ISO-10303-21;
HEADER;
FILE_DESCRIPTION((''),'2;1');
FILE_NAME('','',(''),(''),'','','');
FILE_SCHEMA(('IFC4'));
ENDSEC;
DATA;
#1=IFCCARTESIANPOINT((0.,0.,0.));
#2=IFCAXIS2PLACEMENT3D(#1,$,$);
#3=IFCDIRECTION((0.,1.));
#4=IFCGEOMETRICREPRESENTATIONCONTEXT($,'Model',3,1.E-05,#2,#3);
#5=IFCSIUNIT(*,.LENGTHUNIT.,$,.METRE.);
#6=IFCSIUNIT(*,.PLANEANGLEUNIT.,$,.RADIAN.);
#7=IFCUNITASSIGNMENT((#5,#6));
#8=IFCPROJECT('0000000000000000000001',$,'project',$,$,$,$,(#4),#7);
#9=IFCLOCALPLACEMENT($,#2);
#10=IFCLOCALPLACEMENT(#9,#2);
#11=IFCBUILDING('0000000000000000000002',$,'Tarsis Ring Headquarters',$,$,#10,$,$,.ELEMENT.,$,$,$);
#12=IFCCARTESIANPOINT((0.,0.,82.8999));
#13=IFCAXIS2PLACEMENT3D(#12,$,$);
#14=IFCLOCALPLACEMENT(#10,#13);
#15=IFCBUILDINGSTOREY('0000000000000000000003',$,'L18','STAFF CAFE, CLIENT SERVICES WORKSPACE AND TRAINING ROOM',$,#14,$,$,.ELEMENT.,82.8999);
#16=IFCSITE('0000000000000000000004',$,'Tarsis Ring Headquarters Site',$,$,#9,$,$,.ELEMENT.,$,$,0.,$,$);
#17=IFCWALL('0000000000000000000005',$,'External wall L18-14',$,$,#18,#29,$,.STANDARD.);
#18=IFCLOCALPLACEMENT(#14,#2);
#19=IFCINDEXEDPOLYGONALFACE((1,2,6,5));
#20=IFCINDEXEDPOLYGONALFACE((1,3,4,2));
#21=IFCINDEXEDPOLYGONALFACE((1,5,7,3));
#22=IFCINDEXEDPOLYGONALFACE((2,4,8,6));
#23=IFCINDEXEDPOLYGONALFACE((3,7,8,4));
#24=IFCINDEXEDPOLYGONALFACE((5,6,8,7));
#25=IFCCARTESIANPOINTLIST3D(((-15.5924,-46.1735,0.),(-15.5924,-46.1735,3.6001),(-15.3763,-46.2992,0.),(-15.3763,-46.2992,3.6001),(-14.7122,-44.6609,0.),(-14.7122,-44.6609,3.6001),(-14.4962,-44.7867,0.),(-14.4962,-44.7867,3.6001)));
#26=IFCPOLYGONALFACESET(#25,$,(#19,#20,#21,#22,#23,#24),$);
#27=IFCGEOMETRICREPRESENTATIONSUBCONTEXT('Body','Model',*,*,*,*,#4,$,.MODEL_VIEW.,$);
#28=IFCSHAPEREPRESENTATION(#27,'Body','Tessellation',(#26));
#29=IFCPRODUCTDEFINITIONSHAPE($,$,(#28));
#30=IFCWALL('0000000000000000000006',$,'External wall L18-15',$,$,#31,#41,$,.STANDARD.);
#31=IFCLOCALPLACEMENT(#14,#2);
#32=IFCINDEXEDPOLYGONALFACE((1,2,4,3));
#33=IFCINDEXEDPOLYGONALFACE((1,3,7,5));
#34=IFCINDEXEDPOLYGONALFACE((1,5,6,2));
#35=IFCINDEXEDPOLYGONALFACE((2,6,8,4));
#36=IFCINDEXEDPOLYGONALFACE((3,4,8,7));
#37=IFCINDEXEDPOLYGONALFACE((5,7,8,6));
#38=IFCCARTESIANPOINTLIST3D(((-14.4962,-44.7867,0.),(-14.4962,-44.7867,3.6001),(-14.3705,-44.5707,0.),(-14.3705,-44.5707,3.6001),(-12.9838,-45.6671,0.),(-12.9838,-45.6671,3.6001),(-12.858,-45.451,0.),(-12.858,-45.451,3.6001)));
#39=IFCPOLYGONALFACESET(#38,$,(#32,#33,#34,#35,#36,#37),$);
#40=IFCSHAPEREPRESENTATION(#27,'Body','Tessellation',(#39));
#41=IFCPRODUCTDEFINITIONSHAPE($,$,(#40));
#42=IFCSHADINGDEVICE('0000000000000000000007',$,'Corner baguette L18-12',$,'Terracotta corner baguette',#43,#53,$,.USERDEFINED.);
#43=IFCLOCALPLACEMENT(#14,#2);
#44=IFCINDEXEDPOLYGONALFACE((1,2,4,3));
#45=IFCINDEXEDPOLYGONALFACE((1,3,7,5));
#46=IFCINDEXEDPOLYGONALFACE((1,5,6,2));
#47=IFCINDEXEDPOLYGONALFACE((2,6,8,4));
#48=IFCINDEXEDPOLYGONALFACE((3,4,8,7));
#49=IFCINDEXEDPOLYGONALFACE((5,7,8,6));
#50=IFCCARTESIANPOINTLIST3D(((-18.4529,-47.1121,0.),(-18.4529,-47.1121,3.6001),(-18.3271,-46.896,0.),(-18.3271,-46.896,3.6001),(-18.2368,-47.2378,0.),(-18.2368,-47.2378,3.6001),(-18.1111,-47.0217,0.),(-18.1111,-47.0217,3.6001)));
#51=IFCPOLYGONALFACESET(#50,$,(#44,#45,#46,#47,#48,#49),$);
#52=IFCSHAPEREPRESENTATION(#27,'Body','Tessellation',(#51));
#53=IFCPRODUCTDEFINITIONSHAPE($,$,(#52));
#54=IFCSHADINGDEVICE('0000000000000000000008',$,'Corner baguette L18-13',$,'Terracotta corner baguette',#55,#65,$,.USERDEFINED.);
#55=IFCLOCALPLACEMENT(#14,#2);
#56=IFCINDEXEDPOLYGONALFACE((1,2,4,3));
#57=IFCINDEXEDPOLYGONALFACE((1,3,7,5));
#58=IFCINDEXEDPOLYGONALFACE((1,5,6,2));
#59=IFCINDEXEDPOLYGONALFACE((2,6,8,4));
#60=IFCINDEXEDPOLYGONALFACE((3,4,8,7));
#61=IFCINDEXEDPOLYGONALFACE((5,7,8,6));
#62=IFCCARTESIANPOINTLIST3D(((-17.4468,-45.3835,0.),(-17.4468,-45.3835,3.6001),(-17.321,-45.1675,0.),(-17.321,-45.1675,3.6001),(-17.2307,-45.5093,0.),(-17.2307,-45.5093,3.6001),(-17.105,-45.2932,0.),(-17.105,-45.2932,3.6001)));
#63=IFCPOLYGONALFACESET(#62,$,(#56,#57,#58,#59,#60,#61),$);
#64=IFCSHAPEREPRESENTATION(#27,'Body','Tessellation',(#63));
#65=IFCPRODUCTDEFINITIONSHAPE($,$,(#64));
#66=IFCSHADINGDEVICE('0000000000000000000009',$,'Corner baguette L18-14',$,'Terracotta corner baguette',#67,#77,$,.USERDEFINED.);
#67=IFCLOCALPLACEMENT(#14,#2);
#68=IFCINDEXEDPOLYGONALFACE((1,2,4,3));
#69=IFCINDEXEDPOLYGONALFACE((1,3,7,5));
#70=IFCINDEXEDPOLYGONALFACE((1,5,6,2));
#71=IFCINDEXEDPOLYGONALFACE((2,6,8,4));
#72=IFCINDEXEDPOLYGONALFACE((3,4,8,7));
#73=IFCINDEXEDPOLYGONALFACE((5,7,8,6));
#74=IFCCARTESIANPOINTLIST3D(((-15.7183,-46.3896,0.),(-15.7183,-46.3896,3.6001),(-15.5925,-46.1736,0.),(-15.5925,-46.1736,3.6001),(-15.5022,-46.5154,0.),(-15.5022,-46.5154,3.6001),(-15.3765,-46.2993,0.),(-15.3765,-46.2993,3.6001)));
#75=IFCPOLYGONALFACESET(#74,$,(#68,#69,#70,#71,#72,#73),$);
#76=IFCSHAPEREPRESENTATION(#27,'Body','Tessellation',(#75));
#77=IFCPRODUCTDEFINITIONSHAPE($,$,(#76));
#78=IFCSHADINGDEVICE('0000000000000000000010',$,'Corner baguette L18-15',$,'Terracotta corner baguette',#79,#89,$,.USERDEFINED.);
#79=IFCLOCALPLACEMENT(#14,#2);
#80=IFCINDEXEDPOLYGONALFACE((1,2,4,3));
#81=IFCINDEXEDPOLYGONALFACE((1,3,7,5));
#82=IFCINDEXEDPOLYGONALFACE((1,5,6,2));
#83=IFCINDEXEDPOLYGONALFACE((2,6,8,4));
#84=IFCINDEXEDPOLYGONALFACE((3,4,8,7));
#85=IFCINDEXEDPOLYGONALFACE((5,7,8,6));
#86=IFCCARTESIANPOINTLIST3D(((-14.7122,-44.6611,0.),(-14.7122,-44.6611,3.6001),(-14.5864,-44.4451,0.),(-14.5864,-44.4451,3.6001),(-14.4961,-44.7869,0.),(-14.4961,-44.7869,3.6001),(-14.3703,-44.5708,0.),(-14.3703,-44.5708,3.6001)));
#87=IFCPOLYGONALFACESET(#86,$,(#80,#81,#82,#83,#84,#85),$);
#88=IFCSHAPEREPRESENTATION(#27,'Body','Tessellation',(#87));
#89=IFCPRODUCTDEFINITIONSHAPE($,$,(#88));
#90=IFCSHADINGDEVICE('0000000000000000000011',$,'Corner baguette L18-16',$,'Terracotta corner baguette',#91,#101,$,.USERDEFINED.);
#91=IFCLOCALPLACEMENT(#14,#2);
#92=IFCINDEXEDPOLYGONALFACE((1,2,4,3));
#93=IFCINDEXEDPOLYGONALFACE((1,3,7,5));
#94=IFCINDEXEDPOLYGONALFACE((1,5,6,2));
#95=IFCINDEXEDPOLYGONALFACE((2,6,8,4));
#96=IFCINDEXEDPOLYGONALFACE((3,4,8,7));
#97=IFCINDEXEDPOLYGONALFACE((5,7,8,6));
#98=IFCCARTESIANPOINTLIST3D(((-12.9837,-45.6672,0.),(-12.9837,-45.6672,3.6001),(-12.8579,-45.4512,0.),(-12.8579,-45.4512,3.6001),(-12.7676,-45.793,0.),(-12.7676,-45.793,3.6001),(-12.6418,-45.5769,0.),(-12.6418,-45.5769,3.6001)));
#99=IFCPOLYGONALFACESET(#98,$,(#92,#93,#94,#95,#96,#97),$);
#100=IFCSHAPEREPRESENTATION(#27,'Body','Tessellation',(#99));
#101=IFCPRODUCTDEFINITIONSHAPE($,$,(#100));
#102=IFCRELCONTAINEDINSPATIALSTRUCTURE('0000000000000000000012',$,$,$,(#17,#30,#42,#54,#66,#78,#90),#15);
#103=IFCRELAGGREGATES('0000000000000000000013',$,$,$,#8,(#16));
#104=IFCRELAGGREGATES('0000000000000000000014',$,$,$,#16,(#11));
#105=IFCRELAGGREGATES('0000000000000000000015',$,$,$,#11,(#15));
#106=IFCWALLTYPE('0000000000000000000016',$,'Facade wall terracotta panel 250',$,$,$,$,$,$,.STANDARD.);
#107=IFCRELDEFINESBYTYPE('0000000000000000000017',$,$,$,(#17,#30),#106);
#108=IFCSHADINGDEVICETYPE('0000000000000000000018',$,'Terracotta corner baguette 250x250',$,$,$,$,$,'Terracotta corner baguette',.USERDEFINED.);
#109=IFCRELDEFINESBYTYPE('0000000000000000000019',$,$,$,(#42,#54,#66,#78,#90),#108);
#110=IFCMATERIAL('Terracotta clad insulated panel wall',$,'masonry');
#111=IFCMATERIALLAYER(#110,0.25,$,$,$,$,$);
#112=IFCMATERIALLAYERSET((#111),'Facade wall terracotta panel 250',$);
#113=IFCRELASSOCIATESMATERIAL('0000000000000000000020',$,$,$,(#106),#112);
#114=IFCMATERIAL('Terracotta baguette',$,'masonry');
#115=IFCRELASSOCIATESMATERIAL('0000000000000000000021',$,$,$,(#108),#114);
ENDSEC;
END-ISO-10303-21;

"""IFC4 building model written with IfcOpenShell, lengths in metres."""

from ifc_helpers import new_model, si_unit, direction, frame, frame_2d, origin, origin_2d, place, context, subcontext, project, spatial, rectangle, extrude, material, layer, layer_set, type_object, element, save


model = new_model("IFC4")

# Units and contexts
model_context = context("Model", 3, precision=1e-05, world=origin(), true_north=direction((0.0, 1.0)))
body_context = subcontext(model_context, "Body", "Model", "MODEL_VIEW")
ifc_project = project(units=[si_unit("LENGTHUNIT", "METRE"), si_unit("PLANEANGLEUNIT", "RADIAN")], contexts=[model_context])

# Site, building, storey
site_placement = place(None, origin())
site = spatial("IfcSite", under=ifc_project, at=site_placement, Name="Tarsis Ring Headquarters Site", CompositionType="ELEMENT", RefElevation=0.0)
building_placement = place(site_placement, origin())
building = spatial("IfcBuilding", under=site, at=building_placement, Name="Tarsis Ring Headquarters", CompositionType="ELEMENT")
storey_placement = place(building_placement, frame((0.0, 0.0, 82.8999)))
storey = spatial("IfcBuildingStorey", under=building, at=storey_placement, Name="L18", Description="STAFF CAFE, CLIENT SERVICES WORKSPACE AND TRAINING ROOM", CompositionType="ELEMENT", Elevation=82.8999)

# Walls
ifc_material_1 = material(Name="Terracotta clad insulated panel wall", Category="masonry")
ifc_layer_1 = layer(ifc_material_1, 0.25)
ifc_layer_set_1 = layer_set([ifc_layer_1], Name="Facade wall terracotta panel 250")
wall_type_1 = type_object("IfcWallType", Name="Facade wall terracotta panel 250", PredefinedType="STANDARD", material=ifc_layer_set_1)
for number, where, z_axis, x_axis, name in (
    (1, (-15.4844, -46.2363, 0.0), (0.0, 0.0, 1.0), (0.50296, 0.86431, 0.0), "External wall L18-14"),
    (2, (-14.4333, -44.6787, 0.0), (0.0, 0.0, 1.0), (0.864249, -0.503064, 0.0), "External wall L18-15"),
):
    element("IfcWall", number, at=place(storey_placement, frame(where, z_axis=z_axis, x_axis=x_axis)), inside=storey, type_object=wall_type_1, Name=name, PredefinedType="STANDARD", context=body_context, shape_type="SweptSolid", body=[
        extrude(rectangle(XDim=1.75, YDim=0.25, at=frame_2d((0.875, 0.0))), origin(), (0.0, 0.0, 1.0), 3.6001),
    ])

# Shading devices
ifc_material_2 = material(Name="Terracotta baguette", Category="masonry")
shading_device_type = type_object("IfcShadingDeviceType", Name="Terracotta corner baguette 250x250", ElementType="Terracotta corner baguette", PredefinedType="USERDEFINED", material=ifc_material_2)
for number, where, z_axis, x_axis, name in (
    (3, (-18.282, -47.0669, 0.0), (0.0, 0.0, 1.0), (0.864275, -0.50302, 0.0), "Corner baguette L18-12"),
    (4, (-17.2759, -45.3384, 0.0), (0.0, 0.0, 1.0), (0.50302, 0.864275, 0.0), "Corner baguette L18-13"),
    (5, (-15.5474, -46.3445, 0.0), (0.0, 0.0, 1.0), (0.864275, -0.50302, 0.0), "Corner baguette L18-14"),
    (6, (-14.5413, -44.616, 0.0), (0.0, 0.0, 1.0), (0.50302, 0.864275, 0.0), "Corner baguette L18-15"),
    (7, (-12.8127, -45.6221, 0.0), (0.0, 0.0, 1.0), (0.864275, -0.50302, 0.0), "Corner baguette L18-16"),
):
    element("IfcShadingDevice", number, at=place(storey_placement, frame(where, z_axis=z_axis, x_axis=x_axis)), inside=storey, type_object=shading_device_type, Name=name, ObjectType="Terracotta corner baguette", PredefinedType="USERDEFINED", context=body_context, shape_type="SweptSolid", body=[
        extrude(rectangle(XDim=0.25, YDim=0.25, at=origin_2d()), origin(), (0.0, 0.0, 1.0), 3.6001),
    ])

save(model, "model.ifc")
